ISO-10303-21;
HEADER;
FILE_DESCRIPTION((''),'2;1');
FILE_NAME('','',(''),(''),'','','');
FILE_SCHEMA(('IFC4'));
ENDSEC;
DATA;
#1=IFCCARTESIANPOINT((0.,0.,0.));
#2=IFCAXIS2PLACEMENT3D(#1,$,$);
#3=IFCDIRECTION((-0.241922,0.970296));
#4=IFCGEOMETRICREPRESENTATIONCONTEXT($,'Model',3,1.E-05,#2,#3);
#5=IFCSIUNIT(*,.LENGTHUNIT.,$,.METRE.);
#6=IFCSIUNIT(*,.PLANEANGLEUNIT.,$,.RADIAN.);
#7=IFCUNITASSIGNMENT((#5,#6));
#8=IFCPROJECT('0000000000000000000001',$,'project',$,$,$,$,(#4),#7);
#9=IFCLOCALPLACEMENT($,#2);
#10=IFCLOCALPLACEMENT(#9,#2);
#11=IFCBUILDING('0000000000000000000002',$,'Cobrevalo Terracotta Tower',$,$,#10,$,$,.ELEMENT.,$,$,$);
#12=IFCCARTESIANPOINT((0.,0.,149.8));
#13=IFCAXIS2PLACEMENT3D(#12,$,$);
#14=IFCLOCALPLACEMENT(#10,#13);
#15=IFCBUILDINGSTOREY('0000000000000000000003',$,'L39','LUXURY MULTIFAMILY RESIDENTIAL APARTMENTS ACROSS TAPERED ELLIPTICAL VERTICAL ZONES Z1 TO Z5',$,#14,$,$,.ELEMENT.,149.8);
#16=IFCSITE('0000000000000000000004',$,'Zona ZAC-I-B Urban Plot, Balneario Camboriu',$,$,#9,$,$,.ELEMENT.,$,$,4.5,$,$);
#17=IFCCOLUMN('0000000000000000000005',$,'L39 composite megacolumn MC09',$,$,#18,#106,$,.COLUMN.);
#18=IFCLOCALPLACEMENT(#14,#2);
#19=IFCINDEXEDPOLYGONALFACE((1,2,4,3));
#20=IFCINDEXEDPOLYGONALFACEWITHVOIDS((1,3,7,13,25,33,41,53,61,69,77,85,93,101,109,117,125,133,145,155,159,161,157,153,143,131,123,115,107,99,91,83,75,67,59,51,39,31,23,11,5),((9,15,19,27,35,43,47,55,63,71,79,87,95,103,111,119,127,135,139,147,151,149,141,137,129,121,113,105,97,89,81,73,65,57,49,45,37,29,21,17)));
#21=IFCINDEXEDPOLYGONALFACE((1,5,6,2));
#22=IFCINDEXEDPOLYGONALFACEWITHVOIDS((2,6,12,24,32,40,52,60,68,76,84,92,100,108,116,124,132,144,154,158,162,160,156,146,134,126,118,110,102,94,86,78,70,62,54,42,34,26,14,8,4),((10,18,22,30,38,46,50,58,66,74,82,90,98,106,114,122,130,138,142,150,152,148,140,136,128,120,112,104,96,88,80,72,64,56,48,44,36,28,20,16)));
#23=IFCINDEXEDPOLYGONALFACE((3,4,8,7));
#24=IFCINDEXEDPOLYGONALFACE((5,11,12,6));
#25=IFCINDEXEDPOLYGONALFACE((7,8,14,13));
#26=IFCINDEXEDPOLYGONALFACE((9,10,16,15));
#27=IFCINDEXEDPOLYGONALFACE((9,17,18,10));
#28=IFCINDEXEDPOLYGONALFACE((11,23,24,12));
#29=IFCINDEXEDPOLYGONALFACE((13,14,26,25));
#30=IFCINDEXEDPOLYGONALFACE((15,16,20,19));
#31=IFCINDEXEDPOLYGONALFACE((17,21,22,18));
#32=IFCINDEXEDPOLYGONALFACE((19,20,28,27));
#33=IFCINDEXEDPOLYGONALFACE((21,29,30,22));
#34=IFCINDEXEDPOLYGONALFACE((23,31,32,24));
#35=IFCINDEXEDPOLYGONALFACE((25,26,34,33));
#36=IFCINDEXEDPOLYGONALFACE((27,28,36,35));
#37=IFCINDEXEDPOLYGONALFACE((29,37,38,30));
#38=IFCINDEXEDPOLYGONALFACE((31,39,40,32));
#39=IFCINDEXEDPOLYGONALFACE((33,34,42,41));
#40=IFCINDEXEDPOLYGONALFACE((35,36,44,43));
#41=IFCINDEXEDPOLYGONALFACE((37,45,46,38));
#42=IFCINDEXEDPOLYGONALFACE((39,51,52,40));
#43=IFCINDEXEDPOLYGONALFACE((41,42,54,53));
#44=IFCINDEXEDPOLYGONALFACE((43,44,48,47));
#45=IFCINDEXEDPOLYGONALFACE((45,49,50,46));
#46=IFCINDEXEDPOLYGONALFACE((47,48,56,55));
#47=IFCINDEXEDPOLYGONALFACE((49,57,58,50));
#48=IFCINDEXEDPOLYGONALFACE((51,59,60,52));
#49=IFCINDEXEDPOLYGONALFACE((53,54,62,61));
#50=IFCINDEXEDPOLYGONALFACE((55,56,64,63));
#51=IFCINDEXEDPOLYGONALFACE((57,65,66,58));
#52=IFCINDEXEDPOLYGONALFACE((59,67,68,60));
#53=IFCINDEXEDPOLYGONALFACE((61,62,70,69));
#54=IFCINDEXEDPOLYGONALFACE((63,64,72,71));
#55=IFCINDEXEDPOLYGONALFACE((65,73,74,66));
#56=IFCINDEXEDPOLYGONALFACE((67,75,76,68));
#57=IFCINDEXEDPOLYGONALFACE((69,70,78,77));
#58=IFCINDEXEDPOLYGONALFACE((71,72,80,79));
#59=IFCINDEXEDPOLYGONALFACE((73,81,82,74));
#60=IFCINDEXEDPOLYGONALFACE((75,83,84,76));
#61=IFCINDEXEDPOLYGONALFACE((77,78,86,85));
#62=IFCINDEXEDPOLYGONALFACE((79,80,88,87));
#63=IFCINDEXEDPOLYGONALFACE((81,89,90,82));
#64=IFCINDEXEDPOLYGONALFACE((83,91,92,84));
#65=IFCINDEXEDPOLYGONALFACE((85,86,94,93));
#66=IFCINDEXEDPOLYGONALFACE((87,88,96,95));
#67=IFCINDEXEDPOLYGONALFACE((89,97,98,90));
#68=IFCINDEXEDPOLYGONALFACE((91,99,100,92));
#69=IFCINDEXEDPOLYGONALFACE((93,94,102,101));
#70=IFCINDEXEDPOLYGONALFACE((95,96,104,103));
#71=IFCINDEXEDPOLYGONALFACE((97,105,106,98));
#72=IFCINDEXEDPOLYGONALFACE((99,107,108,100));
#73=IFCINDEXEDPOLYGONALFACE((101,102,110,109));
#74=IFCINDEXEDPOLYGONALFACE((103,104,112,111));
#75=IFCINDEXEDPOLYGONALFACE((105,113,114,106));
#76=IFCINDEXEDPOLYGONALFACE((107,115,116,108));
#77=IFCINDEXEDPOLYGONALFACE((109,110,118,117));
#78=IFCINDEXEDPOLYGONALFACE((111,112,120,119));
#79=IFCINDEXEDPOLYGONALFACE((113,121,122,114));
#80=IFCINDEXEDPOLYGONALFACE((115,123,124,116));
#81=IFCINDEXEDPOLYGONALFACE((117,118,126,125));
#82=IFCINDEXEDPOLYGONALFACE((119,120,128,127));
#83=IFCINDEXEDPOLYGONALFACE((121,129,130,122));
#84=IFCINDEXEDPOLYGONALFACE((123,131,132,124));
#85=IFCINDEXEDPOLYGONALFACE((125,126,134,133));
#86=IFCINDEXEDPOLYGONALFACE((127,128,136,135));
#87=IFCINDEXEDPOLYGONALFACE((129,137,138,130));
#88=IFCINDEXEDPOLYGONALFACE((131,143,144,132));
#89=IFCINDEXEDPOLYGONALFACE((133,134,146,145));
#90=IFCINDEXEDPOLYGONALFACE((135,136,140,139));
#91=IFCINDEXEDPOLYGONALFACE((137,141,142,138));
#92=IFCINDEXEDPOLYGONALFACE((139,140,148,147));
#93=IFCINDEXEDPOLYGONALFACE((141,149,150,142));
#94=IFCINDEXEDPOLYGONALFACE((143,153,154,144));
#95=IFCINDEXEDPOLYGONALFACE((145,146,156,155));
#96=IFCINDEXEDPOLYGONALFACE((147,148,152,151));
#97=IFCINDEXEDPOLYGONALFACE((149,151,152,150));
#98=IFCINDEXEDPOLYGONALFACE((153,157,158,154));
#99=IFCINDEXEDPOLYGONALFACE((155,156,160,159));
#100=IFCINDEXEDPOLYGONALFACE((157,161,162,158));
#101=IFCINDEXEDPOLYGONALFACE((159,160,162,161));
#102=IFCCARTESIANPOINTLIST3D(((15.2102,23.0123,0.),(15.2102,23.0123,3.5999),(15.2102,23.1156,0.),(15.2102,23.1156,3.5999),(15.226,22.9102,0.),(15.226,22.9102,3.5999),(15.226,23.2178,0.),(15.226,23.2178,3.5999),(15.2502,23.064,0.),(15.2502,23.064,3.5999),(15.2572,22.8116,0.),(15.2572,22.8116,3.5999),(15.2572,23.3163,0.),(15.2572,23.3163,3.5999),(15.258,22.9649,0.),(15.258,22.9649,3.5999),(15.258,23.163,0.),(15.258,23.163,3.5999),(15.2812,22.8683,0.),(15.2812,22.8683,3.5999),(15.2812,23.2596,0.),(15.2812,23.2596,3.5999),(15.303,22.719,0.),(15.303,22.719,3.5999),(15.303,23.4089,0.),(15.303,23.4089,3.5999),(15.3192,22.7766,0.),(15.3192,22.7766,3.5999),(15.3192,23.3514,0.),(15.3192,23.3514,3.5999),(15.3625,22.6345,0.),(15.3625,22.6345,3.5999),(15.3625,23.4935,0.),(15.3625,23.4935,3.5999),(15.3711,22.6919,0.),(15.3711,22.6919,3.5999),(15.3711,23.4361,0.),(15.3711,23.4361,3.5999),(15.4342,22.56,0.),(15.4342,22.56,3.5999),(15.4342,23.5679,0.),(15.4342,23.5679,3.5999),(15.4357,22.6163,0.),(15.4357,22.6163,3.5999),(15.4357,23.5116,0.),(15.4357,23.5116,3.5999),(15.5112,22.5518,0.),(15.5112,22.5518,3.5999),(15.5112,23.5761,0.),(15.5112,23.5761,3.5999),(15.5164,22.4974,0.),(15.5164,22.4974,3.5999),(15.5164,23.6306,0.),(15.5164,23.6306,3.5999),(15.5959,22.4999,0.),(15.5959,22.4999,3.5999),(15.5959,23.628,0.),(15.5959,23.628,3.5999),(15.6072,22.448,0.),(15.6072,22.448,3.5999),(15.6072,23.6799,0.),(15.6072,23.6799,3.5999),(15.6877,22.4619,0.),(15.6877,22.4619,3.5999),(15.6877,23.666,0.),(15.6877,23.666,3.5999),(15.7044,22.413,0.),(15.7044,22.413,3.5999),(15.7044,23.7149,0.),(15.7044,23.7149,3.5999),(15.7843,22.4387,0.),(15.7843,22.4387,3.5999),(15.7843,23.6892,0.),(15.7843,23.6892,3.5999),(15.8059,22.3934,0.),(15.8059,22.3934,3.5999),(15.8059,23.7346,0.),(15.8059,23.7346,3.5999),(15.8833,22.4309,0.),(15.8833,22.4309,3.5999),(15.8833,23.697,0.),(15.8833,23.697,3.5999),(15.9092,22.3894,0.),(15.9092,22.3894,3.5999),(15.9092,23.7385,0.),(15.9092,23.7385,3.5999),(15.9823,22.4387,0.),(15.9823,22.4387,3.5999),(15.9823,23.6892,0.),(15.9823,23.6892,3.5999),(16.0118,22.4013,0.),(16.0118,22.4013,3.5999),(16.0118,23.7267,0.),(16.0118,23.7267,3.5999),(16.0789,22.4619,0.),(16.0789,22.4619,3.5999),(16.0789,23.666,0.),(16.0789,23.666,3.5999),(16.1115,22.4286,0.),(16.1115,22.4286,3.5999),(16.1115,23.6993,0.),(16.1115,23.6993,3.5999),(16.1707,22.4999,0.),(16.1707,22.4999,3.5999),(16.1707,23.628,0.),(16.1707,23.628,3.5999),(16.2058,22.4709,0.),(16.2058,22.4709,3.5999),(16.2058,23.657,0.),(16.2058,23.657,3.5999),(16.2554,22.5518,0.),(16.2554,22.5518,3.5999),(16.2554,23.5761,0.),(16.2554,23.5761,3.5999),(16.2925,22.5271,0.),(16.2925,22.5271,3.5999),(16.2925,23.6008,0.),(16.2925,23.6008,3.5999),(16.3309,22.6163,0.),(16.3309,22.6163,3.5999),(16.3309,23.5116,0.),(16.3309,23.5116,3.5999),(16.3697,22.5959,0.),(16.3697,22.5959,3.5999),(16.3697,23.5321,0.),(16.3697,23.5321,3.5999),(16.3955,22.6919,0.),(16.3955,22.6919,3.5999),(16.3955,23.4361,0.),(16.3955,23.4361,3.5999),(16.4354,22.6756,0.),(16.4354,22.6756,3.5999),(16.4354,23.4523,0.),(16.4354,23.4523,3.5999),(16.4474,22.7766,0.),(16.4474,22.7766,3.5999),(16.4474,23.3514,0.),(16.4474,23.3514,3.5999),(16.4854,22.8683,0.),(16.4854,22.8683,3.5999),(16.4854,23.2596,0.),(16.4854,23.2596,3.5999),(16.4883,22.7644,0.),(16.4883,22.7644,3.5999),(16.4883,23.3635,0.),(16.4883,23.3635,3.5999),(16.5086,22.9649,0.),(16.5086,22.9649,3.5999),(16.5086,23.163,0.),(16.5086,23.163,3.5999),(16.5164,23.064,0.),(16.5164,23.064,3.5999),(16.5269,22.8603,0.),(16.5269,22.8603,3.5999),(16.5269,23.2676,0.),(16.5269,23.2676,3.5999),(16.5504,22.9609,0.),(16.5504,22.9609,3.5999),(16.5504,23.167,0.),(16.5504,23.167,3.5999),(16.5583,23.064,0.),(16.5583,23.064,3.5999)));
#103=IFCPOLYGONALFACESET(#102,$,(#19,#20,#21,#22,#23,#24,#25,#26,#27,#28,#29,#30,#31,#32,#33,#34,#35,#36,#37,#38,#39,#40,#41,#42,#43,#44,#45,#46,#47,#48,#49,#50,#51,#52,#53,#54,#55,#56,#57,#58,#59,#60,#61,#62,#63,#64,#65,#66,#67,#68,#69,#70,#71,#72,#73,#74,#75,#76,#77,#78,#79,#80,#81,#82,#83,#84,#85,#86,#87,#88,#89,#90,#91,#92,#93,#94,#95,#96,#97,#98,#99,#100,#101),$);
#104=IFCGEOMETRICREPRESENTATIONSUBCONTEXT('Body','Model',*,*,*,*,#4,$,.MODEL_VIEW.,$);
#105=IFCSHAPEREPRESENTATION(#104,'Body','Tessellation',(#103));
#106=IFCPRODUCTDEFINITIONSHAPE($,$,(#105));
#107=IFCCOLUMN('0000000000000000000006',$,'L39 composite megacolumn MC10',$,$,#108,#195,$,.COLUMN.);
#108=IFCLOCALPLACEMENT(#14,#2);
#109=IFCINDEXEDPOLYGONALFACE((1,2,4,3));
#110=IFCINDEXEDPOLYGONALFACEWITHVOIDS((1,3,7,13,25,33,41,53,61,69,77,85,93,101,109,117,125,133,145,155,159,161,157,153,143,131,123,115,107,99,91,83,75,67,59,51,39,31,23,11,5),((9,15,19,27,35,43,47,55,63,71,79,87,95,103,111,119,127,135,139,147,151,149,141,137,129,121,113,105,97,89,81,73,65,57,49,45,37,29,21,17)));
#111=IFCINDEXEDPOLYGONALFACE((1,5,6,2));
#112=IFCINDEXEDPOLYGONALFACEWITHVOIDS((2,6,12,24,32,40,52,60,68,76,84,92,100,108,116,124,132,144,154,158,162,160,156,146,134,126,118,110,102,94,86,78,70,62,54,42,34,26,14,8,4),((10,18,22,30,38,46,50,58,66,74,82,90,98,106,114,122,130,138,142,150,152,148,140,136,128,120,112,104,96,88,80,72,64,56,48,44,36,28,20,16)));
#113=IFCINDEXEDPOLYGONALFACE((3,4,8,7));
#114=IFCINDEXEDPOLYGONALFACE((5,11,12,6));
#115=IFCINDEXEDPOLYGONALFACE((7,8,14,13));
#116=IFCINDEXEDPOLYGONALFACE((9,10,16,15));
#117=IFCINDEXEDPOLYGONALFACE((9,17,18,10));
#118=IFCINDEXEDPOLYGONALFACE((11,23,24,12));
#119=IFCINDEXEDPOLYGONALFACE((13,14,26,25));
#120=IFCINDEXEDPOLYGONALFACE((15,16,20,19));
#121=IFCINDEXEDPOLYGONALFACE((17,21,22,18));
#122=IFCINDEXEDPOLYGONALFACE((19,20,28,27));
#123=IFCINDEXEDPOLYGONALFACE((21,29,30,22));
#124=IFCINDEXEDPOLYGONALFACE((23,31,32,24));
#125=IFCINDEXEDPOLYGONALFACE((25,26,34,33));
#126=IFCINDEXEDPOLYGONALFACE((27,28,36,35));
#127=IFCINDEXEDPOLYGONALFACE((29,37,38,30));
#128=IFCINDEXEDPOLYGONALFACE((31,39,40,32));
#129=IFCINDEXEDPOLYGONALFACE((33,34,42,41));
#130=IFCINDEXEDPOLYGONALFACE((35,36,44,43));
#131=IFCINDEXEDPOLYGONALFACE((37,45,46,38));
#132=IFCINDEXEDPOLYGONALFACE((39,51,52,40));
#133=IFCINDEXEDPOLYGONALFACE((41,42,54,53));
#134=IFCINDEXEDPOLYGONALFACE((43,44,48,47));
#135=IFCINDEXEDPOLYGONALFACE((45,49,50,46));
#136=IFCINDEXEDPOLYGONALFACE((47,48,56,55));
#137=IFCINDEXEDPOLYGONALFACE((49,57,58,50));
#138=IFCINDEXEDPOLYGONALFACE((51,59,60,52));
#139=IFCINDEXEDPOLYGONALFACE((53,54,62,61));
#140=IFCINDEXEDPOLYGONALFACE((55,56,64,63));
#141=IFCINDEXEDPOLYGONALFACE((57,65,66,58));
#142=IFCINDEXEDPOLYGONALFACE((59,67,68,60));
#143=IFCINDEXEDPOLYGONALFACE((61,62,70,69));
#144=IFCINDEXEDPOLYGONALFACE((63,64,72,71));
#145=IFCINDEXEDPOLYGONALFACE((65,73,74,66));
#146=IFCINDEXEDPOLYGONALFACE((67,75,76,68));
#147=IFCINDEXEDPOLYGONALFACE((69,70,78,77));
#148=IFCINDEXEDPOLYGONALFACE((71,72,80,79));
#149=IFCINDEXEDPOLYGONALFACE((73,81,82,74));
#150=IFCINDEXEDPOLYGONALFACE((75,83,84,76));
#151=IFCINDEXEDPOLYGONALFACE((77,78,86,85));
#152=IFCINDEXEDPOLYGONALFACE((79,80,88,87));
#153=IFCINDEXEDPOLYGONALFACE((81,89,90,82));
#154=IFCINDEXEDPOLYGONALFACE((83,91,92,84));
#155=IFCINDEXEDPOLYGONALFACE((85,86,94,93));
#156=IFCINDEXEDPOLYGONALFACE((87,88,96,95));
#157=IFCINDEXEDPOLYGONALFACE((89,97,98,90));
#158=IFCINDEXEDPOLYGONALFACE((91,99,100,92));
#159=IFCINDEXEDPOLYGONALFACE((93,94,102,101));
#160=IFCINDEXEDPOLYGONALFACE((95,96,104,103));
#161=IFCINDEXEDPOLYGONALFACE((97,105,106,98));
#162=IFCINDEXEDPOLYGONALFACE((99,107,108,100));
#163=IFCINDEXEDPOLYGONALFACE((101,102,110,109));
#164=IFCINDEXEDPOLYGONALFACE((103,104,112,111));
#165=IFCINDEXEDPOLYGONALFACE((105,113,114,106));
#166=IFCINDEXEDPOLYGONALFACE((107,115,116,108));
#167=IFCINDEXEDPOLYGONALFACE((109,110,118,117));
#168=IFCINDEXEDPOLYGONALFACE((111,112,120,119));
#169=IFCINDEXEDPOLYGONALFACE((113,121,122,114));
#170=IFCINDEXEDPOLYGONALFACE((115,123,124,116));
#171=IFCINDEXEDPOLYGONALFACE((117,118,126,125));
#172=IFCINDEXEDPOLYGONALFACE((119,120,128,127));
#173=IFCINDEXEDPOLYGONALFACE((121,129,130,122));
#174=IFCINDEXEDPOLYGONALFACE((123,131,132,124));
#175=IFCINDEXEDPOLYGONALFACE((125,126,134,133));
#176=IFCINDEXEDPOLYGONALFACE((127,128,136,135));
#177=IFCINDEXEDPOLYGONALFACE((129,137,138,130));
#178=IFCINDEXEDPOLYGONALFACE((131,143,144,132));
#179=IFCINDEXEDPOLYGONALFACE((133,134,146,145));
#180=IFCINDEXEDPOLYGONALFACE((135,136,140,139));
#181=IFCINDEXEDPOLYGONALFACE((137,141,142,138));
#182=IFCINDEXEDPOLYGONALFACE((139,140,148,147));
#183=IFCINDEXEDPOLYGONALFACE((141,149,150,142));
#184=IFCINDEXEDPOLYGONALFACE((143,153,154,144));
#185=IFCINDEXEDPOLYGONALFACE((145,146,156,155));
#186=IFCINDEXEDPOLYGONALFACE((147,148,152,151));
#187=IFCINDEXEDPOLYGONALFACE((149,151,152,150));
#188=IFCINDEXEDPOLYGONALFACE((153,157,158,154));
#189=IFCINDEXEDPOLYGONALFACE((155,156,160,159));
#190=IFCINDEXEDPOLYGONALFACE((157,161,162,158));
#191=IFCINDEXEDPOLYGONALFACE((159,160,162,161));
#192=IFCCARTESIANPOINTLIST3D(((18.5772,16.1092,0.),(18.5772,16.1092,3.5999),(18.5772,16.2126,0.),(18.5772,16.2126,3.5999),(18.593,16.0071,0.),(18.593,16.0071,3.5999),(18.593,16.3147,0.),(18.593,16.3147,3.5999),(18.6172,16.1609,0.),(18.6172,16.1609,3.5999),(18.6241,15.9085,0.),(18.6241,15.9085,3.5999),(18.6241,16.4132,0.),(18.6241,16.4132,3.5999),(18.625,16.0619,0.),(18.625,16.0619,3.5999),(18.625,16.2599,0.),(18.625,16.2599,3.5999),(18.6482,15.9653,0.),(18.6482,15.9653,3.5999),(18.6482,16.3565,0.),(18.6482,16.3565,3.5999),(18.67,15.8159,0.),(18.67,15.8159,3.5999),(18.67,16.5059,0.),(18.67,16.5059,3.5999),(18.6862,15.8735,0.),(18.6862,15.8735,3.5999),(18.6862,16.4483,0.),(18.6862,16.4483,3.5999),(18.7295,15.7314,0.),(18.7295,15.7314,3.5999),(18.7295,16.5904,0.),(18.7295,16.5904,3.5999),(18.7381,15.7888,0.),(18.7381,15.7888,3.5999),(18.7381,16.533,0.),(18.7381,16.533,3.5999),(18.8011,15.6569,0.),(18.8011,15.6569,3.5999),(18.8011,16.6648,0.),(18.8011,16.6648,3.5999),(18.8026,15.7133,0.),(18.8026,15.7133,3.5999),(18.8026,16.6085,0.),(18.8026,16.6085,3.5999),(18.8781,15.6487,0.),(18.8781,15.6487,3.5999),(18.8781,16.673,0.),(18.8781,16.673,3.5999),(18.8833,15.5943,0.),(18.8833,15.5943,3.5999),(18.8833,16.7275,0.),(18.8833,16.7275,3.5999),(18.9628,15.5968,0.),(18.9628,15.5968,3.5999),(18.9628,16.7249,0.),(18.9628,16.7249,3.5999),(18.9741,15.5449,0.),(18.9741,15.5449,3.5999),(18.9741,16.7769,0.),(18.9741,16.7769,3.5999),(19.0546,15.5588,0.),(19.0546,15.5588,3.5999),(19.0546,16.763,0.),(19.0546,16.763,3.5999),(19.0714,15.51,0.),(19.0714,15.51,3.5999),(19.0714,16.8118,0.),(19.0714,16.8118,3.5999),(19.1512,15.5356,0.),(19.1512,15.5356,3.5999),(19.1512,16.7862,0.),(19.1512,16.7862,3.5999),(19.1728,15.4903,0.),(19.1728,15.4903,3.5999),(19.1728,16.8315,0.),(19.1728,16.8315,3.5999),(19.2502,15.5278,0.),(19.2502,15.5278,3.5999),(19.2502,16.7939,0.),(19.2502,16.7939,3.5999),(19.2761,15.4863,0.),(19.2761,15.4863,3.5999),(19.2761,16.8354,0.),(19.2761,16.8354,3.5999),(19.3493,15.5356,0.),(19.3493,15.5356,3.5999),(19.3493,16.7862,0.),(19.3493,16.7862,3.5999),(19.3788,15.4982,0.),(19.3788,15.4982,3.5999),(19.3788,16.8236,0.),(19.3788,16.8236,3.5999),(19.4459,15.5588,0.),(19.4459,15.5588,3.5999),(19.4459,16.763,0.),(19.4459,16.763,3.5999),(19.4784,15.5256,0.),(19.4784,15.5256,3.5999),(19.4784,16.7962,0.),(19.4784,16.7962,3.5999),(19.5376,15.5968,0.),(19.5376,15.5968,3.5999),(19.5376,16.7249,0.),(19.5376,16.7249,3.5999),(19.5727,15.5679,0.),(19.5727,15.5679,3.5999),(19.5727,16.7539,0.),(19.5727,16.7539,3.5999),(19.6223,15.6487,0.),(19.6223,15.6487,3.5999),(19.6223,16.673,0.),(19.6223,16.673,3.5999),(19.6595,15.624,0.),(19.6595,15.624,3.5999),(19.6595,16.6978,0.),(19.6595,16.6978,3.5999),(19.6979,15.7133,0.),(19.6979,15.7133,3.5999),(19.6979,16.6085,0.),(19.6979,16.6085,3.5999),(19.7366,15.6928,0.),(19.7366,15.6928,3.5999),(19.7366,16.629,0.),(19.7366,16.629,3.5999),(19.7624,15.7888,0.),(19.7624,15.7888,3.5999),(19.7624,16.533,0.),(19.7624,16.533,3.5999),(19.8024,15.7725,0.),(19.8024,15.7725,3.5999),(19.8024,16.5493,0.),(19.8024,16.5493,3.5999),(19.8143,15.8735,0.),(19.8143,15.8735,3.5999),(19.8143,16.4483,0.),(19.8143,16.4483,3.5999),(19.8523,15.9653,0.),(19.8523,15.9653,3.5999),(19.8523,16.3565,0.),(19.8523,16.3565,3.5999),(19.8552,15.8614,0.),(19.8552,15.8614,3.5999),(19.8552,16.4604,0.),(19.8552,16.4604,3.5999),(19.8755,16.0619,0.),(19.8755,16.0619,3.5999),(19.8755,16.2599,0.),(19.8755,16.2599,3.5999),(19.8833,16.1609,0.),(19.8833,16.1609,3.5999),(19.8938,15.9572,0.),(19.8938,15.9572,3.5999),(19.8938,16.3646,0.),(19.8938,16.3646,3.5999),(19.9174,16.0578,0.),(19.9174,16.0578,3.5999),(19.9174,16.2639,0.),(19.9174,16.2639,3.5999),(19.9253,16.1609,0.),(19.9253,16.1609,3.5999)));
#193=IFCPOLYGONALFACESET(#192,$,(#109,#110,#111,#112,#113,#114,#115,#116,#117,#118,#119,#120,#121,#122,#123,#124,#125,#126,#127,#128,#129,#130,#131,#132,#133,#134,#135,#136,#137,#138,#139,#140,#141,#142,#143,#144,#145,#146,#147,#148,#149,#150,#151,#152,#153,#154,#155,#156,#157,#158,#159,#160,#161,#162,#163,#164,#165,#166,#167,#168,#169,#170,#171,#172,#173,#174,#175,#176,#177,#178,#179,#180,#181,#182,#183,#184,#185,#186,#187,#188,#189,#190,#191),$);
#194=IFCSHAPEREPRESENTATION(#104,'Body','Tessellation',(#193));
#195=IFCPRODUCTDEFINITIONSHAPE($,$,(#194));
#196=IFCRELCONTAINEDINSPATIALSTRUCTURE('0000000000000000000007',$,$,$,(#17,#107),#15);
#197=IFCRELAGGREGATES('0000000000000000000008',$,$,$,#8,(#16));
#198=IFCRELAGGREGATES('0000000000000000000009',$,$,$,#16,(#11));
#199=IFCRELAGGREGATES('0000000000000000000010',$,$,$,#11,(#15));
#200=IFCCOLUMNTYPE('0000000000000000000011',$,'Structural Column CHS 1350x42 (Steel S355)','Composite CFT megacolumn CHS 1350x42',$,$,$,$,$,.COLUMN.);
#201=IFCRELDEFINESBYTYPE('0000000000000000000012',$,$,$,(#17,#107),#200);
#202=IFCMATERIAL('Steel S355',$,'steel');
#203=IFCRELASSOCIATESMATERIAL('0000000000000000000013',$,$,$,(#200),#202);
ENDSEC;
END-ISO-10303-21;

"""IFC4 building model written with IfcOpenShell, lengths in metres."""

from ifc_helpers import new_model, si_unit, direction, frame, origin, origin_2d, place, context, subcontext, project, spatial, hollow_circle, extrude, material, material_profile, profile_set, type_object, element, save


model = new_model("IFC4")

# Units and contexts
model_context = context("Model", 3, precision=1e-05, world=origin(), true_north=direction((-0.241922, 0.970296)))
body_context = subcontext(model_context, "Body", "Model", "MODEL_VIEW")
ifc_project = project(units=[si_unit("LENGTHUNIT", "METRE"), si_unit("PLANEANGLEUNIT", "RADIAN")], contexts=[model_context])

# Site, building, storey
site_placement = place(None, origin())
site = spatial("IfcSite", under=ifc_project, at=site_placement, Name="Zona ZAC-I-B Urban Plot, Balneario Camboriu", CompositionType="ELEMENT", RefElevation=4.5)
building_placement = place(site_placement, origin())
building = spatial("IfcBuilding", under=site, at=building_placement, Name="Cobrevalo Terracotta Tower", CompositionType="ELEMENT")
storey_placement = place(building_placement, frame((0.0, 0.0, 149.8)))
storey = spatial("IfcBuildingStorey", under=building, at=storey_placement, Name="L39", Description="LUXURY MULTIFAMILY RESIDENTIAL APARTMENTS ACROSS TAPERED ELLIPTICAL VERTICAL ZONES Z1 TO Z5", CompositionType="ELEMENT", Elevation=149.8)

# Columns
ifc_material_1 = material(Name="Steel S355", Category="steel")
ifc_material_profile_1 = material_profile(ifc_material_1, hollow_circle(Radius=0.675, WallThickness=0.042, at=origin_2d()), Name="CHS 1350x42")
ifc_profile_set_1 = profile_set([ifc_material_profile_1], Name="Steel S355")
column_type = type_object("IfcColumnType", Name="Structural Column CHS 1350x42 (Steel S355)", Description="Composite CFT megacolumn CHS 1350x42", PredefinedType="COLUMN", material=ifc_profile_set_1)
for number, where, z_axis, x_axis, name in (
    (1, (15.8833, 23.064, 0.0), (0.0, 0.0, 1.0), (1.0, 0.0, 0.0), "L39 composite megacolumn MC09"),
    (2, (19.2502, 16.1609, 0.0), (0.0, 0.0, 1.0), (1.0, 0.0, 0.0), "L39 composite megacolumn MC10"),
):
    element("IfcColumn", number, at=place(storey_placement, frame(where, z_axis=z_axis, x_axis=x_axis)), inside=storey, type_object=column_type, Name=name, PredefinedType="COLUMN", context=body_context, shape_type="SweptSolid", body=[
        extrude(hollow_circle(Radius=0.675, WallThickness=0.042, at=origin_2d()), origin(), (0.0, 0.0, 1.0), 3.5999),
    ])

save(model, "model.ifc")
